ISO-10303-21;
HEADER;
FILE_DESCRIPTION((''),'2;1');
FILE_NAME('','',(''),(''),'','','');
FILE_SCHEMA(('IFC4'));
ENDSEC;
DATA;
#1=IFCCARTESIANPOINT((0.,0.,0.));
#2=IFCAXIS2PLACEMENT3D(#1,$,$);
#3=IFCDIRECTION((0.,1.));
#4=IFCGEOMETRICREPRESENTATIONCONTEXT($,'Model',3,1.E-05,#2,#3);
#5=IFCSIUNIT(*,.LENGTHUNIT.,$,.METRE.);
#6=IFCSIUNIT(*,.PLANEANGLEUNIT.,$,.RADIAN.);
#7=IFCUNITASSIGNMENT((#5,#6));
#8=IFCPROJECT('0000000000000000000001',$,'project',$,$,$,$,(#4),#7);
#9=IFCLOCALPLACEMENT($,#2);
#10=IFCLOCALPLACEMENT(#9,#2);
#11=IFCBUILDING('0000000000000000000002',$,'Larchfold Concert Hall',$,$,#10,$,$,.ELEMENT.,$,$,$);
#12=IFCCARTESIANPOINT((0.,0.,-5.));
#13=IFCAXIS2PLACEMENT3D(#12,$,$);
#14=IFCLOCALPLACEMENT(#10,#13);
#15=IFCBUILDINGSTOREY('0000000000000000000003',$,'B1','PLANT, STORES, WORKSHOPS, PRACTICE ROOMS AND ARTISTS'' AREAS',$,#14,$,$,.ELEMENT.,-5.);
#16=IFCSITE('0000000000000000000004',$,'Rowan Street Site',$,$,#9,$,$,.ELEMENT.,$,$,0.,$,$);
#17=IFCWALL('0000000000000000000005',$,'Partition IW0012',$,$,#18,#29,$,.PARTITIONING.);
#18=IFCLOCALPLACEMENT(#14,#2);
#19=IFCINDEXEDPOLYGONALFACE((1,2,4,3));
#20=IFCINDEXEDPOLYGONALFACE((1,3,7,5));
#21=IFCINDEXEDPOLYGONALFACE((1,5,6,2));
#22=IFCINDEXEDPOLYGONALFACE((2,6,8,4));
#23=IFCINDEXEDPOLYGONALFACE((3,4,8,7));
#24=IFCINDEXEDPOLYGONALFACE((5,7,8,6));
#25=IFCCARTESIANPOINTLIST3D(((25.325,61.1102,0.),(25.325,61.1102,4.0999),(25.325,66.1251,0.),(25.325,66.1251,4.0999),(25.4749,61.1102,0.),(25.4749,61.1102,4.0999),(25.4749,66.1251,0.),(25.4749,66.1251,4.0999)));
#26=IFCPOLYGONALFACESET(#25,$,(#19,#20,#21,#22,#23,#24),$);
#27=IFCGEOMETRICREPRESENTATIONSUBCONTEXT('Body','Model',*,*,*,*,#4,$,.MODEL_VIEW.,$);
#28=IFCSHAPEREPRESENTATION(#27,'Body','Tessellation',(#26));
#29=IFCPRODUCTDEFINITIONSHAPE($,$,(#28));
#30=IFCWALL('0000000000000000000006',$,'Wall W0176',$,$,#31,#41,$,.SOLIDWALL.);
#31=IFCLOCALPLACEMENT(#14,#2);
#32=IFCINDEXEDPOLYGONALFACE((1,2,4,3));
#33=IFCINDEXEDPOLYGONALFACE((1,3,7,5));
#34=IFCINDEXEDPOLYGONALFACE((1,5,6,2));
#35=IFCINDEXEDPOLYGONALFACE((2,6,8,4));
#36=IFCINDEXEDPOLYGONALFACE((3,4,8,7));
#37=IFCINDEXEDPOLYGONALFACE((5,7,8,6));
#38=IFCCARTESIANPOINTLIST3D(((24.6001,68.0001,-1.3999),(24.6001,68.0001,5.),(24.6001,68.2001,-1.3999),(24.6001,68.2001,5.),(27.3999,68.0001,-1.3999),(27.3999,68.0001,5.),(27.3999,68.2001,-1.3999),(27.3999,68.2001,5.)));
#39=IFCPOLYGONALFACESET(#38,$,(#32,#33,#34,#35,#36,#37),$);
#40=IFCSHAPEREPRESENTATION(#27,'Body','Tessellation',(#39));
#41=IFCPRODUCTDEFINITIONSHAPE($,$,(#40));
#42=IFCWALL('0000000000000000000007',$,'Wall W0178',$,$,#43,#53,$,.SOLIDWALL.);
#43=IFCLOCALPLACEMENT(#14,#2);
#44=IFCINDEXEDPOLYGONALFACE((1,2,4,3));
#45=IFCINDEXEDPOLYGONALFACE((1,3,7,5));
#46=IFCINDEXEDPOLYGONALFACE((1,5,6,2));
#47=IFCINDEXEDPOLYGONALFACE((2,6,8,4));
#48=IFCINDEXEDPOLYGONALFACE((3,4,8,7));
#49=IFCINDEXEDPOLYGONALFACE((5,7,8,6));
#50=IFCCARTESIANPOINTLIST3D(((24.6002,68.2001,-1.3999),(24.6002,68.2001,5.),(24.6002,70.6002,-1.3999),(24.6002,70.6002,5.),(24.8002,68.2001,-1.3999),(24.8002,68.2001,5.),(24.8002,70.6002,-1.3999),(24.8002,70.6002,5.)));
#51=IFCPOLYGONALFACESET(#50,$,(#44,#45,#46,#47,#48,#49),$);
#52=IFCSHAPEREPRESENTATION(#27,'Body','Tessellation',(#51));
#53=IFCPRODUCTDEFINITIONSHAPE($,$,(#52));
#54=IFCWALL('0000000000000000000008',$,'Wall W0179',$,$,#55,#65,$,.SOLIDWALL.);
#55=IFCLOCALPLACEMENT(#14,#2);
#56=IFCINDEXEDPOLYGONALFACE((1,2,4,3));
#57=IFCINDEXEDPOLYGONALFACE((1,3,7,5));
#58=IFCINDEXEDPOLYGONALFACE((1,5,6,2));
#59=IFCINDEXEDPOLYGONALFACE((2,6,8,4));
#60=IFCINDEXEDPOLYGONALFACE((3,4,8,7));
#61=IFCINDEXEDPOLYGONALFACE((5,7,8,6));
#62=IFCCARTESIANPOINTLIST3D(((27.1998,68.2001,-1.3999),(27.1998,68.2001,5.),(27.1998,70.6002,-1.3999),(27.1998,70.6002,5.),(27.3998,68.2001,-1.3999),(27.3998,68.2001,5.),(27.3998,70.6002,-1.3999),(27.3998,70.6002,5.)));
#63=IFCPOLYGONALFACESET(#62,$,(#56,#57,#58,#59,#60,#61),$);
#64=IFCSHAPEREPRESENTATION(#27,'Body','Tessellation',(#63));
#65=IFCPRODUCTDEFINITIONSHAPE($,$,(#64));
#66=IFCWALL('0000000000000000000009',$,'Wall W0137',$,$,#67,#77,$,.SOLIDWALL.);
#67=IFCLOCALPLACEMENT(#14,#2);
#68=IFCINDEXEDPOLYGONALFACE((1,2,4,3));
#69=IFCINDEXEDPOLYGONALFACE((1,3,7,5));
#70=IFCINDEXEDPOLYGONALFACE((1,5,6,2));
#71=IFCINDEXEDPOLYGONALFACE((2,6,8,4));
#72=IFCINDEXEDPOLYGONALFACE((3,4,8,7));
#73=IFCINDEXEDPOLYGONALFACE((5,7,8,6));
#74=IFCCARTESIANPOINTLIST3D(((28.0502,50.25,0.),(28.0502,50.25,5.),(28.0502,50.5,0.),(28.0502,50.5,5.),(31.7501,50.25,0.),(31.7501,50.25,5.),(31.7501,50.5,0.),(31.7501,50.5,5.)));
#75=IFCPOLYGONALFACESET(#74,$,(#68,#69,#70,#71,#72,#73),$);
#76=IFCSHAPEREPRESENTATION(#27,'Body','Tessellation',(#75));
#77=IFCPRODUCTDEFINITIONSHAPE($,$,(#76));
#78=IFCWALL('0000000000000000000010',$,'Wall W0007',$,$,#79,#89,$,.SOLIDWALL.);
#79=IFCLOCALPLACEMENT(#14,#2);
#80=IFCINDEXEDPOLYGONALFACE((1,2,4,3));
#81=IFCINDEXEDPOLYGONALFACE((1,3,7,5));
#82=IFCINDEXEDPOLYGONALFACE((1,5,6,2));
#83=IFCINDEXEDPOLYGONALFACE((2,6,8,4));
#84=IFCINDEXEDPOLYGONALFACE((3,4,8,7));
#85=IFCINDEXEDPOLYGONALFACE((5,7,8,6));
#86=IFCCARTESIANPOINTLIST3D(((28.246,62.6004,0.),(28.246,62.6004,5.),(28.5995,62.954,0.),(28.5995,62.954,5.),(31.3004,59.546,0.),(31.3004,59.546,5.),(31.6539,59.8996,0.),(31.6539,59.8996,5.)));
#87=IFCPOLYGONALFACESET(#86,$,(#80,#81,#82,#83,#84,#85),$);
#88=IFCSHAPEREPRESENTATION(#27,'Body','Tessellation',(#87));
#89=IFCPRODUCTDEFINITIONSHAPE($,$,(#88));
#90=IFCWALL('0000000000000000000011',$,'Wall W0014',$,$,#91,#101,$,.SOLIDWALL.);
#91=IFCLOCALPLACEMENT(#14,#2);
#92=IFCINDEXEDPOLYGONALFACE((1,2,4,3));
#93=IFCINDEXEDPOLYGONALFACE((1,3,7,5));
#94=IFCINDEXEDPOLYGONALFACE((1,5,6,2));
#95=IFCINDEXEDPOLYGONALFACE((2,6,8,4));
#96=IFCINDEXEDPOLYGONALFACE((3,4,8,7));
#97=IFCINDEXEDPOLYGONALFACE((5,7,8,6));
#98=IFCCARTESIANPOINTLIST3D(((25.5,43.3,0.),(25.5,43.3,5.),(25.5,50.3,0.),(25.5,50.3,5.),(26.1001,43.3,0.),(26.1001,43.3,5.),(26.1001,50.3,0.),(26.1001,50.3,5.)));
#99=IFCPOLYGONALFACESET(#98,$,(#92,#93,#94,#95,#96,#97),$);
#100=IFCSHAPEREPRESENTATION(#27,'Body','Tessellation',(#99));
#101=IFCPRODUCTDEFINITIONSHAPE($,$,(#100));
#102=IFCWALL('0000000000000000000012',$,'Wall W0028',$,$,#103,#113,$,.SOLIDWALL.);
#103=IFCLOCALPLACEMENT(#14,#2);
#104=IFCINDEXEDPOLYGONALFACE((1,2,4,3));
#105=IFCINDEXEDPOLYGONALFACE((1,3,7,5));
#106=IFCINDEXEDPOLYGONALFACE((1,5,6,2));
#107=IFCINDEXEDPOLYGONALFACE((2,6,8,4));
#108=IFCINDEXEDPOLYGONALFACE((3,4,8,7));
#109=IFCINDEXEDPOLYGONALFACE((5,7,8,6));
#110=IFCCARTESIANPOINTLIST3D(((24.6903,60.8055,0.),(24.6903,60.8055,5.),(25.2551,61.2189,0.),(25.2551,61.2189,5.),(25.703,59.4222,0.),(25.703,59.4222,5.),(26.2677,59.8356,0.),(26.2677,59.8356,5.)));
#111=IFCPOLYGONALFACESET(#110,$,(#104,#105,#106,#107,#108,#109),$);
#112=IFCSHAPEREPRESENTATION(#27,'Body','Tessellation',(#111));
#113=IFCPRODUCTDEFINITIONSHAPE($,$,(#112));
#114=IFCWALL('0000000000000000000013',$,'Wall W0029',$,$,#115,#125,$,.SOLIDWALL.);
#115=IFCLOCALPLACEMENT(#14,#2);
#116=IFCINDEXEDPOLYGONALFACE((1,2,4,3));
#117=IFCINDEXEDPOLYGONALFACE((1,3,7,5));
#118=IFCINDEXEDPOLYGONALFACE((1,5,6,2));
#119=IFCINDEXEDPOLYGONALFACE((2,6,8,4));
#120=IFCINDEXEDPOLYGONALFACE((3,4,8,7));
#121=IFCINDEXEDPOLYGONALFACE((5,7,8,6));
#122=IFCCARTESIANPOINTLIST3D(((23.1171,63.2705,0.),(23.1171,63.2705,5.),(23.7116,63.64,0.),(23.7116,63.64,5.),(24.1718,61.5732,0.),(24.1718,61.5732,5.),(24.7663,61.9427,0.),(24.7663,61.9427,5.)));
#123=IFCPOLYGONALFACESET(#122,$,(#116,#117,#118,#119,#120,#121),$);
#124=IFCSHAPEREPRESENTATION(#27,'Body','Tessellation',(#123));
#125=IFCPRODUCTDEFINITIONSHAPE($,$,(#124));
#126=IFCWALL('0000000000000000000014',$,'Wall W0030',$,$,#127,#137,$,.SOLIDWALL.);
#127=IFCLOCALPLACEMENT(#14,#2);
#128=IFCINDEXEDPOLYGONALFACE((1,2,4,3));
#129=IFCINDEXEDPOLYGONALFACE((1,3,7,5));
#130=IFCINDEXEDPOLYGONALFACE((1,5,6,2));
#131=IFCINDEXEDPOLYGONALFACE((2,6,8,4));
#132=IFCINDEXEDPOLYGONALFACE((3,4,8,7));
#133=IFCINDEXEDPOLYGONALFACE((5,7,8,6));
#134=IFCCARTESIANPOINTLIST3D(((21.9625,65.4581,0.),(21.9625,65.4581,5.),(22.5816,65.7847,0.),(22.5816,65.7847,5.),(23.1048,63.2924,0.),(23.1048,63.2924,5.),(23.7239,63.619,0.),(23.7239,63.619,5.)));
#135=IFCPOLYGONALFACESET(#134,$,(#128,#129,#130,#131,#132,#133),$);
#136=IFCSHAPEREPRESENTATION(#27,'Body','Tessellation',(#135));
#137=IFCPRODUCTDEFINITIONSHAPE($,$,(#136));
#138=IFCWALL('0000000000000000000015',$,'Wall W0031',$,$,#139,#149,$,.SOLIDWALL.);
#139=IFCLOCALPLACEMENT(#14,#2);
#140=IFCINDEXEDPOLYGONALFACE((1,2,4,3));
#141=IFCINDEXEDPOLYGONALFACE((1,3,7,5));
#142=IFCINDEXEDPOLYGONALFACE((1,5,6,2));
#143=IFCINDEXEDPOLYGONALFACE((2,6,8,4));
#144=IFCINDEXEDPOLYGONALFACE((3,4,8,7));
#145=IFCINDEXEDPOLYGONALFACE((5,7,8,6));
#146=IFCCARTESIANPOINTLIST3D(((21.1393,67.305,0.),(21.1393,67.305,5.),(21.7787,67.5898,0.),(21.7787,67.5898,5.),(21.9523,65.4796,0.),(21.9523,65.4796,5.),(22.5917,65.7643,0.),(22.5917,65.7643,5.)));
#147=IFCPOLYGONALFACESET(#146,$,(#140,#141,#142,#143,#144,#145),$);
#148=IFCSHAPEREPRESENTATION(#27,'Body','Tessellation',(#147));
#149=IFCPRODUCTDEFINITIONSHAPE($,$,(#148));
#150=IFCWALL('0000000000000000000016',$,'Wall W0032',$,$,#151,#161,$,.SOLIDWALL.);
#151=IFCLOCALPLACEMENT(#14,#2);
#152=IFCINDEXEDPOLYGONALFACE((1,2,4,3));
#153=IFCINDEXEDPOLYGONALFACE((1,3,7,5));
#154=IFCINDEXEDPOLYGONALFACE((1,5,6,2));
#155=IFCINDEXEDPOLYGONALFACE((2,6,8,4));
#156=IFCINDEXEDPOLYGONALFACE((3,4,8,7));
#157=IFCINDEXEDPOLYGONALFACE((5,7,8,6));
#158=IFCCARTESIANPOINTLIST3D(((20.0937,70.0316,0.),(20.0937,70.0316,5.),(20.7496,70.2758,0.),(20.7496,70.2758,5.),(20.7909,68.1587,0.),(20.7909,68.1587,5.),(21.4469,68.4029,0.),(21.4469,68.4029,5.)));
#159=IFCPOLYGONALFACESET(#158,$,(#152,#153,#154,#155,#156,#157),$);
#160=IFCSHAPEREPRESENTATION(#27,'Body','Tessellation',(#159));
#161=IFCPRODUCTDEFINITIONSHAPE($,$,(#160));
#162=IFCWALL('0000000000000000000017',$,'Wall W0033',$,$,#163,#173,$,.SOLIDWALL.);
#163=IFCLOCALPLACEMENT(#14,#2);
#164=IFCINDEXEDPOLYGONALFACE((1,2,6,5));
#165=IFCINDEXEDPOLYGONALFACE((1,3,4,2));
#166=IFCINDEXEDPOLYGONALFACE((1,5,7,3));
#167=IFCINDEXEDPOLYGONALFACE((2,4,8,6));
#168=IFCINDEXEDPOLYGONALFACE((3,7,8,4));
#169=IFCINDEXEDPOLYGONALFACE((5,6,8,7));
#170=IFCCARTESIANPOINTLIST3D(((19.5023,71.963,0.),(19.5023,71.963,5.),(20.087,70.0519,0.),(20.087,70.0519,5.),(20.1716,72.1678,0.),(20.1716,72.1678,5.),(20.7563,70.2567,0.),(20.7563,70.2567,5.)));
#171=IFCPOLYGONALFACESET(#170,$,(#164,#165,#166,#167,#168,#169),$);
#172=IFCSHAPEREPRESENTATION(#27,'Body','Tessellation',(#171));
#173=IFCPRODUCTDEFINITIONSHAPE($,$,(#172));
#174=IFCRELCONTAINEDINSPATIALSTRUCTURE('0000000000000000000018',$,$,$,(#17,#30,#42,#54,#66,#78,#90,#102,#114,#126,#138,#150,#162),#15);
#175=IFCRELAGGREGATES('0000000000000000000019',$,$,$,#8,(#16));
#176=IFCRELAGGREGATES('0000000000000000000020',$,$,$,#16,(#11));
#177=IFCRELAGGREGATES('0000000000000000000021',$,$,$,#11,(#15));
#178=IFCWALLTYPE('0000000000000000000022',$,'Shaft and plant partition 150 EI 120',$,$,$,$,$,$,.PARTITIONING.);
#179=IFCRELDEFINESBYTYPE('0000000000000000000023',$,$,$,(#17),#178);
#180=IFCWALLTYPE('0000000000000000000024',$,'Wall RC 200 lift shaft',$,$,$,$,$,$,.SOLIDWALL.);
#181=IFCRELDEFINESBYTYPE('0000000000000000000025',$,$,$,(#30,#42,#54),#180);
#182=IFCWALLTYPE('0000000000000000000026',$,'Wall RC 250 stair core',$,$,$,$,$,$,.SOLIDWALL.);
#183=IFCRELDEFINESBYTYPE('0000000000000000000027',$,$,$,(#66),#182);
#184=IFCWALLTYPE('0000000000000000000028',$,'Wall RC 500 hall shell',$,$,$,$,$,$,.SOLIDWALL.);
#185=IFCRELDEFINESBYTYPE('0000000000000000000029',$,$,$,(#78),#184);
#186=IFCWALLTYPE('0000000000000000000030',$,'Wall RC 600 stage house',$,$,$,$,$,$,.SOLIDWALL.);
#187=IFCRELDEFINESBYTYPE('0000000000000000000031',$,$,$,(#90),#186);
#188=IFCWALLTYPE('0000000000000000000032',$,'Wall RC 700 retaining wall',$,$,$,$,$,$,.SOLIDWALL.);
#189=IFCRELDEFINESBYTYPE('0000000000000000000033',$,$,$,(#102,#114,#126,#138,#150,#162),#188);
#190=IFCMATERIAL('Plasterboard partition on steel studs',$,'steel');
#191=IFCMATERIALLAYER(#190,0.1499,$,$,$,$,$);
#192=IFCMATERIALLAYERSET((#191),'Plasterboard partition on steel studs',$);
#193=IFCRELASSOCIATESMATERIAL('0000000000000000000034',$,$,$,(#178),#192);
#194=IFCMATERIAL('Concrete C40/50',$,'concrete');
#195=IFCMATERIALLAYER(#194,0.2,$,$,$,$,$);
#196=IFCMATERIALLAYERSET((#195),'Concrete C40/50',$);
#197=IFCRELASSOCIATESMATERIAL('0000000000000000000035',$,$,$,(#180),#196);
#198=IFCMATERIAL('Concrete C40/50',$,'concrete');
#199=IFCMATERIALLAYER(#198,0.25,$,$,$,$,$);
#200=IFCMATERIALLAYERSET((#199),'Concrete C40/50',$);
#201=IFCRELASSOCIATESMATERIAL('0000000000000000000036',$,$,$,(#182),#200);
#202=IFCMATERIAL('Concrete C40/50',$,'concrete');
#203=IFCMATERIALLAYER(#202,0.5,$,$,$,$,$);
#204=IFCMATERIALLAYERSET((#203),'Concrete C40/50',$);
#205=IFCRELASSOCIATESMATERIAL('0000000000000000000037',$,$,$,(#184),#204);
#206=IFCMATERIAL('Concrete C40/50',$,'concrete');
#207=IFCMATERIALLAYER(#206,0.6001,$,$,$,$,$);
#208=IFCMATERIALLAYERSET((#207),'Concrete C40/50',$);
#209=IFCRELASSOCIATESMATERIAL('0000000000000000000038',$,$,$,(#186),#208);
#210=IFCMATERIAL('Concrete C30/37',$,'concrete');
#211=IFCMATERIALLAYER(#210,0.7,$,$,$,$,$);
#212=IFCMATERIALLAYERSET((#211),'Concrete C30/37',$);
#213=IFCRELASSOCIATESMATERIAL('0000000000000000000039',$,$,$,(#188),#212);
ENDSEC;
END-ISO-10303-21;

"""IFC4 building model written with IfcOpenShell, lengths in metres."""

from ifc_helpers import new_model, si_unit, direction, frame, frame_2d, origin, place, context, subcontext, project, spatial, rectangle, extrude, material, layer, layer_set, type_object, element, save


model = new_model("IFC4")

# Units and contexts
model_context = context("Model", 3, precision=1e-05, world=origin(), true_north=direction((0.0, 1.0)))
body_context = subcontext(model_context, "Body", "Model", "MODEL_VIEW")
ifc_project = project(units=[si_unit("LENGTHUNIT", "METRE"), si_unit("PLANEANGLEUNIT", "RADIAN")], contexts=[model_context])

# Site, building, storey
site_placement = place(None, origin())
site = spatial("IfcSite", under=ifc_project, at=site_placement, Name="Rowan Street Site", CompositionType="ELEMENT", RefElevation=0.0)
building_placement = place(site_placement, origin())
building = spatial("IfcBuilding", under=site, at=building_placement, Name="Larchfold Concert Hall", CompositionType="ELEMENT")
storey_placement = place(building_placement, frame((0.0, 0.0, -5.0)))
storey = spatial("IfcBuildingStorey", under=building, at=storey_placement, Name="B1", Description="PLANT, STORES, WORKSHOPS, PRACTICE ROOMS AND ARTISTS' AREAS", CompositionType="ELEMENT", Elevation=-5.0)

# Walls
ifc_material_1 = material(Name="Plasterboard partition on steel studs", Category="steel")
ifc_layer_1 = layer(ifc_material_1, 0.1499)
ifc_layer_set_1 = layer_set([ifc_layer_1], Name="Plasterboard partition on steel studs")
wall_type_1 = type_object("IfcWallType", Name="Shaft and plant partition 150 EI 120", PredefinedType="PARTITIONING", material=ifc_layer_set_1)
wall_1_placement = place(storey_placement, frame((25.3999, 66.125, 0.0), z_axis=(0.0, 0.0, 1.0), x_axis=(0.0, -1.0, 0.0)))
element("IfcWall", 1, at=wall_1_placement, inside=storey, type_object=wall_type_1, Name="Partition IW0012", PredefinedType="PARTITIONING", context=body_context, shape_type="SweptSolid", body=[
    extrude(rectangle(XDim=5.0149, YDim=0.1499, at=frame_2d((2.5073, 0.0))), origin(), (0.0, 0.0, 1.0), 4.0999),
])
ifc_material_2 = material(Name="Concrete C40/50", Category="concrete")
ifc_layer_2 = layer(ifc_material_2, 0.2)
ifc_layer_set_2 = layer_set([ifc_layer_2], Name="Concrete C40/50")
wall_type_2 = type_object("IfcWallType", Name="Wall RC 200 lift shaft", PredefinedType="SOLIDWALL", material=ifc_layer_set_2)
wall_2_placement = place(storey_placement, frame((24.6001, 68.1001, -1.3999), z_axis=(0.0, 0.0, 1.0), x_axis=(1.0, 0.0, 0.0)))
element("IfcWall", 2, at=wall_2_placement, inside=storey, type_object=wall_type_2, Name="Wall W0176", PredefinedType="SOLIDWALL", context=body_context, shape_type="SweptSolid", body=[
    extrude(rectangle(XDim=2.7998, YDim=0.2, at=frame_2d((1.3999, 0.0))), origin(), (0.0, 0.0, 1.0), 6.3999),
])
for number, where, z_axis, x_axis, name in (
    (3, (24.7002, 68.2, -1.3999), (0.0, 0.0, 1.0), (0.0, 1.0, 0.0), "Wall W0178"),
    (4, (27.2998, 68.2, -1.3999), (0.0, 0.0, 1.0), (0.0, 1.0, 0.0), "Wall W0179"),
):
    element("IfcWall", number, at=place(storey_placement, frame(where, z_axis=z_axis, x_axis=x_axis)), inside=storey, type_object=wall_type_2, Name=name, PredefinedType="SOLIDWALL", context=body_context, shape_type="SweptSolid", body=[
        extrude(rectangle(XDim=2.4001, YDim=0.2, at=frame_2d((1.2002, 0.0))), origin(), (0.0, 0.0, 1.0), 6.3999),
    ])
ifc_material_3 = material(Name="Concrete C40/50", Category="concrete")
ifc_layer_3 = layer(ifc_material_3, 0.25)
ifc_layer_set_3 = layer_set([ifc_layer_3], Name="Concrete C40/50")
wall_type_3 = type_object("IfcWallType", Name="Wall RC 250 stair core", PredefinedType="SOLIDWALL", material=ifc_layer_set_3)
wall_3_placement = place(storey_placement, frame((28.05, 50.375, 0.0), z_axis=(0.0, 0.0, 1.0), x_axis=(1.0, 0.0, 0.0)))
element("IfcWall", 5, at=wall_3_placement, inside=storey, type_object=wall_type_3, Name="Wall W0137", PredefinedType="SOLIDWALL", context=body_context, shape_type="SweptSolid", body=[
    extrude(rectangle(XDim=3.7, YDim=0.25, at=frame_2d((1.8501, 0.0))), origin(), (0.0, 0.0, 1.0), 5.0),
])
ifc_material_4 = material(Name="Concrete C40/50", Category="concrete")
ifc_layer_4 = layer(ifc_material_4, 0.5)
ifc_layer_set_4 = layer_set([ifc_layer_4], Name="Concrete C40/50")
wall_type_4 = type_object("IfcWallType", Name="Wall RC 500 hall shell", PredefinedType="SOLIDWALL", material=ifc_layer_set_4)
wall_4_placement = place(storey_placement, frame((28.4229, 62.7771, 0.0), z_axis=(0.0, 0.0, 1.0), x_axis=(0.707107, -0.707107, 0.0)))
element("IfcWall", 6, at=wall_4_placement, inside=storey, type_object=wall_type_4, Name="Wall W0007", PredefinedType="SOLIDWALL", context=body_context, shape_type="SweptSolid", body=[
    extrude(rectangle(XDim=4.3196, YDim=0.5, at=frame_2d((2.1597, 0.0))), origin(), (0.0, 0.0, 1.0), 5.0),
])
ifc_material_5 = material(Name="Concrete C40/50", Category="concrete")
ifc_layer_5 = layer(ifc_material_5, 0.6001)
ifc_layer_set_5 = layer_set([ifc_layer_5], Name="Concrete C40/50")
wall_type_5 = type_object("IfcWallType", Name="Wall RC 600 stage house", PredefinedType="SOLIDWALL", material=ifc_layer_set_5)
wall_5_placement = place(storey_placement, frame((25.8, 50.3, 0.0), z_axis=(0.0, 0.0, 1.0), x_axis=(0.0, -1.0, 0.0)))
element("IfcWall", 7, at=wall_5_placement, inside=storey, type_object=wall_type_5, Name="Wall W0014", PredefinedType="SOLIDWALL", context=body_context, shape_type="SweptSolid", body=[
    extrude(rectangle(XDim=7.0, YDim=0.6001, at=frame_2d((3.5, 0.0))), origin(), (0.0, 0.0, 1.0), 5.0),
])
ifc_material_6 = material(Name="Concrete C30/37", Category="concrete")
ifc_layer_6 = layer(ifc_material_6, 0.7)
ifc_layer_set_6 = layer_set([ifc_layer_6], Name="Concrete C30/37")
wall_type_6 = type_object("IfcWallType", Name="Wall RC 700 retaining wall", PredefinedType="SOLIDWALL", material=ifc_layer_set_6)
wall_6_placement = place(storey_placement, frame((25.9854, 59.6289, 0.0), z_axis=(0.0, 0.0, 1.0), x_axis=(-0.590709, 0.806885, 0.0)))
element("IfcWall", 8, at=wall_6_placement, inside=storey, type_object=wall_type_6, Name="Wall W0028", PredefinedType="SOLIDWALL", context=body_context, shape_type="SweptSolid", body=[
    extrude(rectangle(XDim=1.7144, YDim=0.7, at=frame_2d((0.8572, 0.0))), origin(), (0.0, 0.0, 1.0), 5.0),
])
wall_7_placement = place(storey_placement, frame((24.469, 61.7581, 0.0), z_axis=(0.0, 0.0, 1.0), x_axis=(-0.527801, 0.849368, 0.0)))
element("IfcWall", 9, at=wall_7_placement, inside=storey, type_object=wall_type_6, Name="Wall W0029", PredefinedType="SOLIDWALL", context=body_context, shape_type="SweptSolid", body=[
    extrude(rectangle(XDim=1.9983, YDim=0.7, at=frame_2d((0.999, 0.0))), origin(), (0.0, 0.0, 1.0), 5.0),
])
wall_8_placement = place(storey_placement, frame((23.4143, 63.4558, 0.0), z_axis=(0.0, 0.0, 1.0), x_axis=(-0.466531, 0.884505, 0.0)))
element("IfcWall", 10, at=wall_8_placement, inside=storey, type_object=wall_type_6, Name="Wall W0030", PredefinedType="SOLIDWALL", context=body_context, shape_type="SweptSolid", body=[
    extrude(rectangle(XDim=2.4485, YDim=0.7, at=frame_2d((1.2241, 0.0))), origin(), (0.0, 0.0, 1.0), 5.0),
])
wall_9_placement = place(storey_placement, frame((22.272, 65.6221, 0.0), z_axis=(0.0, 0.0, 1.0), x_axis=(-0.406841, 0.913499, 0.0)))
element("IfcWall", 11, at=wall_9_placement, inside=storey, type_object=wall_type_6, Name="Wall W0031", PredefinedType="SOLIDWALL", context=body_context, shape_type="SweptSolid", body=[
    extrude(rectangle(XDim=1.9983, YDim=0.7, at=frame_2d((0.999, 0.0))), origin(), (0.0, 0.0, 1.0), 5.0),
])
for number, where, z_axis, x_axis, name in (
    (12, (21.1189, 68.2808, 0.0), (0.0, 0.0, 1.0), (-0.348873, 0.93717, 0.0), "Wall W0032"),
    (13, (20.4216, 70.1543, 0.0), (0.0, 0.0, 1.0), (-0.292566, 0.956245, 0.0), "Wall W0033"),
):
    element("IfcWall", number, at=place(storey_placement, frame(where, z_axis=z_axis, x_axis=x_axis)), inside=storey, type_object=wall_type_6, Name=name, PredefinedType="SOLIDWALL", context=body_context, shape_type="SweptSolid", body=[
        extrude(rectangle(XDim=1.9985, YDim=0.7, at=frame_2d((0.9993, 0.0))), origin(), (0.0, 0.0, 1.0), 5.0),
    ])

save(model, "model.ifc")
